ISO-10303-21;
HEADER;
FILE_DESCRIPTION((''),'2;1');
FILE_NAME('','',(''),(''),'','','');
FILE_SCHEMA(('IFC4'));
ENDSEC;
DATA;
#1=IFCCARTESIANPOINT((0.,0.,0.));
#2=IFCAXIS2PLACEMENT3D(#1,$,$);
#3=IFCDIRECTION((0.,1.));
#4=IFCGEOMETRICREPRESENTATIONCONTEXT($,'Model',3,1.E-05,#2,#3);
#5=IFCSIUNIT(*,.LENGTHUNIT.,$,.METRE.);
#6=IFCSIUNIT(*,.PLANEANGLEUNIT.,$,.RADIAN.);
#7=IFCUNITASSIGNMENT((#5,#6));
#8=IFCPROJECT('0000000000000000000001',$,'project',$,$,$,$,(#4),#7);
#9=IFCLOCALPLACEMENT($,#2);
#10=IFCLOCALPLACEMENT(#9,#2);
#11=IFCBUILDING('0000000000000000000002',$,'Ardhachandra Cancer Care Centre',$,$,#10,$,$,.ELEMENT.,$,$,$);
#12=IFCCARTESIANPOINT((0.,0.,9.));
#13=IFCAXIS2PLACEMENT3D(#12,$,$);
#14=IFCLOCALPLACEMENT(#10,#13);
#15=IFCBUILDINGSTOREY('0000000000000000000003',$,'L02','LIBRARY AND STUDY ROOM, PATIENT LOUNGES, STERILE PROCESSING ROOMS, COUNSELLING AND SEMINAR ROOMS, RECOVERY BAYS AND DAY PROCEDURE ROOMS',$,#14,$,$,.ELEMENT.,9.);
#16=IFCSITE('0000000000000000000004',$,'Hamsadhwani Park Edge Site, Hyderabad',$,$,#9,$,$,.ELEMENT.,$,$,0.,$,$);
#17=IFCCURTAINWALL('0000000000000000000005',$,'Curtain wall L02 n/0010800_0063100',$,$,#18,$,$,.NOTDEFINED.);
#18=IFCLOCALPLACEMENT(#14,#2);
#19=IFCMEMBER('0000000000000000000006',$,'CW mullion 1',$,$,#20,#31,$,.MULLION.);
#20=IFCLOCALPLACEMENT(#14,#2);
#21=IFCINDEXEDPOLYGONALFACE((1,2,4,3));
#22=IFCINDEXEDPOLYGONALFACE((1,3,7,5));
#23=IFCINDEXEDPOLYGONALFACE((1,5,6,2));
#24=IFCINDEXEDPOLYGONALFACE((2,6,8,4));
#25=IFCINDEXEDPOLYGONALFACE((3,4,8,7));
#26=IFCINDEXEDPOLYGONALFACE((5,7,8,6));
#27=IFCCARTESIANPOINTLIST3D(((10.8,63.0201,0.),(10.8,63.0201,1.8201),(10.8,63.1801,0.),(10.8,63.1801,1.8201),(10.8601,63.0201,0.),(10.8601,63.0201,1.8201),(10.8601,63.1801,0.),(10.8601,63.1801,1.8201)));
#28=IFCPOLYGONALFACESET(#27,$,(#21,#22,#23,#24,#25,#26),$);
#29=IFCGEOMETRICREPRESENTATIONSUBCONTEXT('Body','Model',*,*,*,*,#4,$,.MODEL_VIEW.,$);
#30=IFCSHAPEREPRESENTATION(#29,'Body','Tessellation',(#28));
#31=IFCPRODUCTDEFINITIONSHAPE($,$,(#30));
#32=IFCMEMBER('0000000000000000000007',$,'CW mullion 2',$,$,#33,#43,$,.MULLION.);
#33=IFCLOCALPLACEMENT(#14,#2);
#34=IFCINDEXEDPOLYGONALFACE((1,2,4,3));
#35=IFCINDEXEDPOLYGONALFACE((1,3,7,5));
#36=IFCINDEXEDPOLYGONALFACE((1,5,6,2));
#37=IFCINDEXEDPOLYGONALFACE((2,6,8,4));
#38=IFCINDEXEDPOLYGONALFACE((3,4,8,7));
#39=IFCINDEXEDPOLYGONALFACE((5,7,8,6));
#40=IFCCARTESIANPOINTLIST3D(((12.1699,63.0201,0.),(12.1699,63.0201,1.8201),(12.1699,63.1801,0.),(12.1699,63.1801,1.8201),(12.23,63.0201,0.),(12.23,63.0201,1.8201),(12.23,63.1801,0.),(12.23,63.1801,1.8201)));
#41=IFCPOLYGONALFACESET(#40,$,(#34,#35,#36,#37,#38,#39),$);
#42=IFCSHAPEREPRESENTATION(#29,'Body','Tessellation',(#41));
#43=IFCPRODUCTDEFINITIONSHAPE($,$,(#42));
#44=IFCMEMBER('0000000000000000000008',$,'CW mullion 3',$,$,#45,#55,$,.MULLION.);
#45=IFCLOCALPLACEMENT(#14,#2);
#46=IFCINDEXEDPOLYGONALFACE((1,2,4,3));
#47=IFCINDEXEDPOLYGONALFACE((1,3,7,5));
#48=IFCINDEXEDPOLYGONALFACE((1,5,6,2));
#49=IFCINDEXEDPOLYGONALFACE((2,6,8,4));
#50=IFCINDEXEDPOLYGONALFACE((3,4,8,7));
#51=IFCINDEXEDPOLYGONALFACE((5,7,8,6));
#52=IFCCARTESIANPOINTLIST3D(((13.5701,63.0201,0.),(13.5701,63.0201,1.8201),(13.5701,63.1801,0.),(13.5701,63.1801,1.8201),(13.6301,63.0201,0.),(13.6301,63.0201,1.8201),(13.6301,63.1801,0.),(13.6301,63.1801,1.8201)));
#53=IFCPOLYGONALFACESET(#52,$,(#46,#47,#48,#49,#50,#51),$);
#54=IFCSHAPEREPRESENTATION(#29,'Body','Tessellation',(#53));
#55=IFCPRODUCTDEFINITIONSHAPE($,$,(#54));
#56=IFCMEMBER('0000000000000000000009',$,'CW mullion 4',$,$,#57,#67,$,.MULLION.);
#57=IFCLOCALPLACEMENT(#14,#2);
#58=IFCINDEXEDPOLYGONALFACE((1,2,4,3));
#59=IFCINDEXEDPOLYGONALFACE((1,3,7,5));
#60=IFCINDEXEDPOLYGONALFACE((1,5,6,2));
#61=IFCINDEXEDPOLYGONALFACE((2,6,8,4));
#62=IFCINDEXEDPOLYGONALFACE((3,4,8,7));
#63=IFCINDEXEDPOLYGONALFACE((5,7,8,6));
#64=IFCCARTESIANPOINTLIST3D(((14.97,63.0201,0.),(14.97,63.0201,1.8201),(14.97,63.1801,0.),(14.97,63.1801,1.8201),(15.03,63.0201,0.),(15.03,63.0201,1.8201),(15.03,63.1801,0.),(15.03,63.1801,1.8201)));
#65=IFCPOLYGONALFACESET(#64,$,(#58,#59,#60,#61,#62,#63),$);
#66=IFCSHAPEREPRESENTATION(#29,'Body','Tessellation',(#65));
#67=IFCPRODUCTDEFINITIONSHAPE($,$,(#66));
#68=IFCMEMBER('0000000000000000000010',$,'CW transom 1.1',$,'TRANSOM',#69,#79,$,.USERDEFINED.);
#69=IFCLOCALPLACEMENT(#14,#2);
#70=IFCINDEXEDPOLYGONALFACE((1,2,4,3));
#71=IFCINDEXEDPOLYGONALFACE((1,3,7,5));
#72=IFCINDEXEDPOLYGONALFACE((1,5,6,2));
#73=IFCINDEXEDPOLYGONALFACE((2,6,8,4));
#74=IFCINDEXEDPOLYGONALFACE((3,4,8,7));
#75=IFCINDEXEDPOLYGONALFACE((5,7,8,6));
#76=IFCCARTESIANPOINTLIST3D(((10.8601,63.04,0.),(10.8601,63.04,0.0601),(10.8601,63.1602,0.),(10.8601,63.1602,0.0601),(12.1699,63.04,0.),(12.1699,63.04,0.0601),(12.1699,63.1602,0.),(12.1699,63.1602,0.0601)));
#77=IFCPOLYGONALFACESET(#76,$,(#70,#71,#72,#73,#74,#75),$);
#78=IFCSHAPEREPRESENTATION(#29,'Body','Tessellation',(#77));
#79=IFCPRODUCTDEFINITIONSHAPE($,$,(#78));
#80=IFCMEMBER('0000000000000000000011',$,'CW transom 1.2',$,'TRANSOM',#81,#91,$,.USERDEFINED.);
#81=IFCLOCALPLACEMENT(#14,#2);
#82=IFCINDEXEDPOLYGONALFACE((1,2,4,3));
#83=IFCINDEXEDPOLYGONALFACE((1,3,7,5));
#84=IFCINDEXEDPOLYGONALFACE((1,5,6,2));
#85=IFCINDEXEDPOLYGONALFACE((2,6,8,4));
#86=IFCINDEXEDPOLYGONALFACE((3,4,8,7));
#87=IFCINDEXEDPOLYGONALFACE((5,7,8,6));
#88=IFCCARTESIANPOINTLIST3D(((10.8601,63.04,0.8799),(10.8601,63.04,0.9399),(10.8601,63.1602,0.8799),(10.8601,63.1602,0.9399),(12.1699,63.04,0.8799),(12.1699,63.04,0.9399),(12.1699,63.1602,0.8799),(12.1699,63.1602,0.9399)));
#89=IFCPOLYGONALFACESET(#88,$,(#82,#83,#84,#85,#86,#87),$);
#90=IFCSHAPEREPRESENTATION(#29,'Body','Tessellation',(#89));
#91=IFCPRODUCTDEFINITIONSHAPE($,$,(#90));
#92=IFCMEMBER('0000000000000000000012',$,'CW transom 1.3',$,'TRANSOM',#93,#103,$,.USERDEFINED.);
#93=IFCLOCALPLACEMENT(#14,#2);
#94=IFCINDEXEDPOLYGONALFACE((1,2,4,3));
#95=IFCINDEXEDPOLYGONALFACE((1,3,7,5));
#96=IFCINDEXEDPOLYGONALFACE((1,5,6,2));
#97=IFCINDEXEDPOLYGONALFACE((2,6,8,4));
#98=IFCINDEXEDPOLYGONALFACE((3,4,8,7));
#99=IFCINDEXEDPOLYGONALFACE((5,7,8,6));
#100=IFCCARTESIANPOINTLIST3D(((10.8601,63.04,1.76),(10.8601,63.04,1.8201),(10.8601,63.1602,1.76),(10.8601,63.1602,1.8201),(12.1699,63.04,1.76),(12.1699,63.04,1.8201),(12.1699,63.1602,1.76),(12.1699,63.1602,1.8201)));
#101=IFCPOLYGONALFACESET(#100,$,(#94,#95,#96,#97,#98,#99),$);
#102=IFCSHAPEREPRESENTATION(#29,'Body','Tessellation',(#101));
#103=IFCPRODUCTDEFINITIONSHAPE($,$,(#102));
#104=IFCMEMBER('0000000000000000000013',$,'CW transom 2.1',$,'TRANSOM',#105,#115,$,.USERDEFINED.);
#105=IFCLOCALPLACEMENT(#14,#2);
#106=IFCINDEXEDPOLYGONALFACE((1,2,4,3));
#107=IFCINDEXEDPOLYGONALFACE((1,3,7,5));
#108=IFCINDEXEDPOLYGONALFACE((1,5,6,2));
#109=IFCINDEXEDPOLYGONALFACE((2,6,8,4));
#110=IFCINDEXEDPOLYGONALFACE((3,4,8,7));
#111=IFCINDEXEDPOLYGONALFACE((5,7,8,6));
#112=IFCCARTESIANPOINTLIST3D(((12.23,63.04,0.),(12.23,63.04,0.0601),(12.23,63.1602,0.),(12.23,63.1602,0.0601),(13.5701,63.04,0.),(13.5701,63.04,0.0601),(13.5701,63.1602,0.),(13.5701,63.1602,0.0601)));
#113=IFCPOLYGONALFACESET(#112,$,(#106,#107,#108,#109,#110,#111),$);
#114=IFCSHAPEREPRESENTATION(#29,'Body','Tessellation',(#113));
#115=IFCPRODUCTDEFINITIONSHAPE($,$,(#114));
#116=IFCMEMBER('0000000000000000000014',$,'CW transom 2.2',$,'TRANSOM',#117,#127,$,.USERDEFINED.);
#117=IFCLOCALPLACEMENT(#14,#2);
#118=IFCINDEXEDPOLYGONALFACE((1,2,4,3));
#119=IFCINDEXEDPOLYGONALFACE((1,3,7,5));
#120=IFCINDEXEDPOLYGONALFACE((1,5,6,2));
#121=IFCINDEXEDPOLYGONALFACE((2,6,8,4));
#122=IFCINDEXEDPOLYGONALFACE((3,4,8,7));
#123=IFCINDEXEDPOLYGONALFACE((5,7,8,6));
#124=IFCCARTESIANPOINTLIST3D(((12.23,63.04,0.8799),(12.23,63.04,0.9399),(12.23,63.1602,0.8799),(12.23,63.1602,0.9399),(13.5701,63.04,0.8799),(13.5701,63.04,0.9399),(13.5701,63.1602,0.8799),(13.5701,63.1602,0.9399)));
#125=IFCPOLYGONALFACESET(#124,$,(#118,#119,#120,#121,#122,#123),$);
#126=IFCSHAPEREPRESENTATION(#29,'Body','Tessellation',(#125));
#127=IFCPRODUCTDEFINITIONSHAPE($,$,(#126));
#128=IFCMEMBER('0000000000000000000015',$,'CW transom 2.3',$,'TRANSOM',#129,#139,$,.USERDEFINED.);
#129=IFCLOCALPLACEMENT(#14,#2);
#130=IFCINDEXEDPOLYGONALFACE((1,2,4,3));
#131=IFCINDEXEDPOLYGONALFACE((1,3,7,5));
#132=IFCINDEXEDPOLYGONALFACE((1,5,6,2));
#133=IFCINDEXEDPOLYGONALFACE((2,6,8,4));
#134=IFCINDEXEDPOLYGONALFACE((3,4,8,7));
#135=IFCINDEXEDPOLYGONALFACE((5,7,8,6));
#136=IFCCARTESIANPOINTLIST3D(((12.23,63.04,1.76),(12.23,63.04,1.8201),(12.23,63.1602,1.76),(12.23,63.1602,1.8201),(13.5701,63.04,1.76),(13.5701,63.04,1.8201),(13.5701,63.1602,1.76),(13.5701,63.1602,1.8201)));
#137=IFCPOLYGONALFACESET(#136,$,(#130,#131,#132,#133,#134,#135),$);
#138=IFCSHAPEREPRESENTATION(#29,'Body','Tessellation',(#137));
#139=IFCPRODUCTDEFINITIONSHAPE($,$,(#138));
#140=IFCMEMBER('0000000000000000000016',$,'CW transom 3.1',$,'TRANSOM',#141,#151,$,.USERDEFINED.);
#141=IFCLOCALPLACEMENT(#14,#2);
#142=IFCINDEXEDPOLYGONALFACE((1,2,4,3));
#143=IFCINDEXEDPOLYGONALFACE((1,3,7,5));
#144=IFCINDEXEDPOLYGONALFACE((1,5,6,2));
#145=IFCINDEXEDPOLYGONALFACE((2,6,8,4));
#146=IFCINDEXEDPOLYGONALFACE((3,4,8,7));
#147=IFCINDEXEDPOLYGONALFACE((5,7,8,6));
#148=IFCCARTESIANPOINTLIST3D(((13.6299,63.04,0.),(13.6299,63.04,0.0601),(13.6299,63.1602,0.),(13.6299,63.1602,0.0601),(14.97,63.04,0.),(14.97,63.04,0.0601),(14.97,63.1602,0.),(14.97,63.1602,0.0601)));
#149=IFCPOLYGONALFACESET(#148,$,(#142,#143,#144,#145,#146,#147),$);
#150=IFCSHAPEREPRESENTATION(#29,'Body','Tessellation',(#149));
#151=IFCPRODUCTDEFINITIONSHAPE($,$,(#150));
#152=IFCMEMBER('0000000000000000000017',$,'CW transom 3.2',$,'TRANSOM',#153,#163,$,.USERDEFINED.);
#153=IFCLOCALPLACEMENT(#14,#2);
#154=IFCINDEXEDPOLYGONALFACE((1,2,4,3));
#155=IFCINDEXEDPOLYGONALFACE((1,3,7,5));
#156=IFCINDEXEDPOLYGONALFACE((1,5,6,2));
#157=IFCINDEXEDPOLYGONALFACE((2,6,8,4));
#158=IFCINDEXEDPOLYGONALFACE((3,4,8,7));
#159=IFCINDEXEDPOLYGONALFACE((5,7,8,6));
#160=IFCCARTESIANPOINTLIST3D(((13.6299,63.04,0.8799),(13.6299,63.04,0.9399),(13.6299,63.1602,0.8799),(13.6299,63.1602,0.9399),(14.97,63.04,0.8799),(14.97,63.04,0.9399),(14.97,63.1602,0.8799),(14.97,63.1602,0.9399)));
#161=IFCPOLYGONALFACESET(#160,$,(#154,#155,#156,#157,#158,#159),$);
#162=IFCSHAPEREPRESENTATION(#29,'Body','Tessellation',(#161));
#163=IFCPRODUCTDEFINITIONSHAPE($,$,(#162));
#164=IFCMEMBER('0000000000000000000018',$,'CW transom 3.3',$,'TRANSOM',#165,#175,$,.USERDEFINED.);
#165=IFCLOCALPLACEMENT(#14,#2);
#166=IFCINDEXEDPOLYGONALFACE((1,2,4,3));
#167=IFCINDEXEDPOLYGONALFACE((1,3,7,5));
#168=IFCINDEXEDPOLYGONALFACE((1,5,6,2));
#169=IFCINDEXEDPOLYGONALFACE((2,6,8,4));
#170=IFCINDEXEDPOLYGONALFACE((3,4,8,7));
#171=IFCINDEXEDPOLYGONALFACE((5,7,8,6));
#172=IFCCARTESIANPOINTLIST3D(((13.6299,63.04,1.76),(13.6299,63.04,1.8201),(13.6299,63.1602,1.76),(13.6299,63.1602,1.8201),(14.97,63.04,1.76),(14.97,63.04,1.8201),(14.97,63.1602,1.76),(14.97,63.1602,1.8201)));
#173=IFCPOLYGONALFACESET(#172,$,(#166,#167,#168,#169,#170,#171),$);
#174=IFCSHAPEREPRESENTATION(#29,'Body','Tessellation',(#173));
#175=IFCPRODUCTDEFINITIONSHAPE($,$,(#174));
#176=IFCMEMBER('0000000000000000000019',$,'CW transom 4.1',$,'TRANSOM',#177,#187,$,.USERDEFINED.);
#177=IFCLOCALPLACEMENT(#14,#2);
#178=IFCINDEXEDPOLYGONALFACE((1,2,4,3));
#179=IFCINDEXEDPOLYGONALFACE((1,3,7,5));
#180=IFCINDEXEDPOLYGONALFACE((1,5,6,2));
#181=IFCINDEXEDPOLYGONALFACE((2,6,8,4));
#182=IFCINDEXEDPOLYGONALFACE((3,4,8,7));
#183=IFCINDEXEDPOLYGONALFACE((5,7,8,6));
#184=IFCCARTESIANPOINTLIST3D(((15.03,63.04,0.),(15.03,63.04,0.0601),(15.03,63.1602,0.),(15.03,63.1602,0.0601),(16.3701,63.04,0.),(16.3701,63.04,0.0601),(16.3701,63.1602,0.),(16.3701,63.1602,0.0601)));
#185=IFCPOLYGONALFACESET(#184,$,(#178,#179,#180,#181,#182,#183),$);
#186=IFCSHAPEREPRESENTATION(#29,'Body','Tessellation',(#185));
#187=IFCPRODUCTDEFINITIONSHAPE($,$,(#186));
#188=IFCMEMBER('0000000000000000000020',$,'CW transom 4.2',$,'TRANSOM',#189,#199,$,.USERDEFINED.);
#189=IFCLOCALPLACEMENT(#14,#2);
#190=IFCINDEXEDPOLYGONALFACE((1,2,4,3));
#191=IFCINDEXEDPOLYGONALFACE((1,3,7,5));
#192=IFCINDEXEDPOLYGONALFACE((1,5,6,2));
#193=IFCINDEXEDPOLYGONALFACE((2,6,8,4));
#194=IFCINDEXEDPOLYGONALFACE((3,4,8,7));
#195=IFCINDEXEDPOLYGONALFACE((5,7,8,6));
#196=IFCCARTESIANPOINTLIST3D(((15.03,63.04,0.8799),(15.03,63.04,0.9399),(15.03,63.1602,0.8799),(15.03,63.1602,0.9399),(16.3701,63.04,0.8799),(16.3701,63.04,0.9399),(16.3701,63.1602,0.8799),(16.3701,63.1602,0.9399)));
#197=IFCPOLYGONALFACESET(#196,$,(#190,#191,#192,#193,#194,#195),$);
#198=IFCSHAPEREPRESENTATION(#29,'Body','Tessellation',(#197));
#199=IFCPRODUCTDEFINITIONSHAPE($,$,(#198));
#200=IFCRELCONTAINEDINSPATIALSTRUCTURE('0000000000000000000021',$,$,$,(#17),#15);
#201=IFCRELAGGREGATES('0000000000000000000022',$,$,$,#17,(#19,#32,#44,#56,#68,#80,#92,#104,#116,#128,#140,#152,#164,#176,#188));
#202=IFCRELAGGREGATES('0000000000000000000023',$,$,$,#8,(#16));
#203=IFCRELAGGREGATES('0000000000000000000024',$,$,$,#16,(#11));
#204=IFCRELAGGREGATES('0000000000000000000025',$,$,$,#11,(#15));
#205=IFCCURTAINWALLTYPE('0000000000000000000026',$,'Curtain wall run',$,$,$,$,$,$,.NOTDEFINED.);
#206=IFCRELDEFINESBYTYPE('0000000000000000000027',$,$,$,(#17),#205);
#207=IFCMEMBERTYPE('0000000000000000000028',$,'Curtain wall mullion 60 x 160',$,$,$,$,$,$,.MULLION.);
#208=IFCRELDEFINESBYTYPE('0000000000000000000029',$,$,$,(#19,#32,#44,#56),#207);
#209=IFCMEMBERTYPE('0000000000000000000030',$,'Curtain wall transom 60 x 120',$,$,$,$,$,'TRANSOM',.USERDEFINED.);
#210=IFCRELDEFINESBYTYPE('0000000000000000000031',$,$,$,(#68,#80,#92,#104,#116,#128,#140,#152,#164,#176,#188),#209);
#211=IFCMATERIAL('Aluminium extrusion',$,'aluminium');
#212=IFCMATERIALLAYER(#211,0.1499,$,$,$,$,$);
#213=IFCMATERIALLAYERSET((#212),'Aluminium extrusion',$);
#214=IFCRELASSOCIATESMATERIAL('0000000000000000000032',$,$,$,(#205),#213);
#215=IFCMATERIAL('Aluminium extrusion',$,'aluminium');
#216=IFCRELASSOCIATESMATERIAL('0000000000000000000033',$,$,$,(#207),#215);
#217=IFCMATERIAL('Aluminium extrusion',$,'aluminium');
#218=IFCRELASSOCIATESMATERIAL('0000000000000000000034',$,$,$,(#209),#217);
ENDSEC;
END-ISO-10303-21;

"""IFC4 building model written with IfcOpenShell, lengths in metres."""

from ifc_helpers import new_model, si_unit, direction, frame, origin, origin_2d, place, context, subcontext, project, spatial, rectangle, extrude, material, layer, layer_set, material_profile, profile_set, type_object, element, aggregate, save


model = new_model("IFC4")

# Units and contexts
model_context = context("Model", 3, precision=1e-05, world=origin(), true_north=direction((0.0, 1.0)))
body_context = subcontext(model_context, "Body", "Model", "MODEL_VIEW")
ifc_project = project(units=[si_unit("LENGTHUNIT", "METRE"), si_unit("PLANEANGLEUNIT", "RADIAN")], contexts=[model_context])

# Site, building, storey
site_placement = place(None, origin())
site = spatial("IfcSite", under=ifc_project, at=site_placement, Name="Hamsadhwani Park Edge Site, Hyderabad", CompositionType="ELEMENT", RefElevation=0.0)
building_placement = place(site_placement, origin())
building = spatial("IfcBuilding", under=site, at=building_placement, Name="Ardhachandra Cancer Care Centre", CompositionType="ELEMENT")
storey_placement = place(building_placement, frame((0.0, 0.0, 9.0)))
storey = spatial("IfcBuildingStorey", under=building, at=storey_placement, Name="L02", Description="LIBRARY AND STUDY ROOM, PATIENT LOUNGES, STERILE PROCESSING ROOMS, COUNSELLING AND SEMINAR ROOMS, RECOVERY BAYS AND DAY PROCEDURE ROOMS", CompositionType="ELEMENT", Elevation=9.0)

# Curtain wall, members
ifc_material_1 = material(Name="Aluminium extrusion", Category="aluminium")
ifc_layer_1 = layer(ifc_material_1, 0.1499)
ifc_layer_set_1 = layer_set([ifc_layer_1], Name="Aluminium extrusion")
curtain_wall_type = type_object("IfcCurtainWallType", Name="Curtain wall run", PredefinedType="NOTDEFINED", material=ifc_layer_set_1)
curtain_wall_placement = place(storey_placement, origin())
curtain_wall = element("IfcCurtainWall", 1, at=curtain_wall_placement, inside=storey, type_object=curtain_wall_type, Name="Curtain wall L02 n/0010800_0063100", PredefinedType="NOTDEFINED")
ifc_material_2 = material(Name="Aluminium extrusion", Category="aluminium")
ifc_material_profile_1 = material_profile(ifc_material_2, rectangle(XDim=0.1599, YDim=0.0601, at=origin_2d()), Name="Curtain wall mullion 60 x 160")
ifc_profile_set_1 = profile_set([ifc_material_profile_1], Name="Aluminium extrusion")
member_type_1 = type_object("IfcMemberType", Name="Curtain wall mullion 60 x 160", PredefinedType="MULLION", material=ifc_profile_set_1)
member_1_placement = place(storey_placement, frame((10.8301, 63.1001, 0.0), z_axis=(0.0, 0.0, 1.0), x_axis=(0.0, 1.0, 0.0)))
member_1 = element("IfcMember", 2, at=member_1_placement, type_object=member_type_1, Name="CW mullion 1", PredefinedType="MULLION", context=body_context, shape_type="SweptSolid", body=[
    extrude(rectangle(XDim=0.1599, YDim=0.0601, at=origin_2d()), origin(), (0.0, 0.0, 1.0), 1.8201),
])
member_2_placement = place(storey_placement, frame((12.2, 63.1001, 0.0), z_axis=(0.0, 0.0, 1.0), x_axis=(0.0, 1.0, 0.0)))
member_2 = element("IfcMember", 3, at=member_2_placement, type_object=member_type_1, Name="CW mullion 2", PredefinedType="MULLION", context=body_context, shape_type="SweptSolid", body=[
    extrude(rectangle(XDim=0.1599, YDim=0.0601, at=origin_2d()), origin(), (0.0, 0.0, 1.0), 1.8201),
])
member_3_placement = place(storey_placement, frame((13.6001, 63.1001, 0.0), z_axis=(0.0, 0.0, 1.0), x_axis=(0.0, 1.0, 0.0)))
member_3 = element("IfcMember", 4, at=member_3_placement, type_object=member_type_1, Name="CW mullion 3", PredefinedType="MULLION", context=body_context, shape_type="SweptSolid", body=[
    extrude(rectangle(XDim=0.1599, YDim=0.0601, at=origin_2d()), origin(), (0.0, 0.0, 1.0), 1.8201),
])
member_4_placement = place(storey_placement, frame((15.0, 63.1001, 0.0), z_axis=(0.0, 0.0, 1.0), x_axis=(0.0, 1.0, 0.0)))
member_4 = element("IfcMember", 5, at=member_4_placement, type_object=member_type_1, Name="CW mullion 4", PredefinedType="MULLION", context=body_context, shape_type="SweptSolid", body=[
    extrude(rectangle(XDim=0.1599, YDim=0.0601, at=origin_2d()), origin(), (0.0, 0.0, 1.0), 1.8201),
])
ifc_material_3 = material(Name="Aluminium extrusion", Category="aluminium")
ifc_material_profile_2 = material_profile(ifc_material_3, rectangle(XDim=0.1201, YDim=0.0601, at=origin_2d()), Name="Curtain wall transom 60 x 120")
ifc_profile_set_2 = profile_set([ifc_material_profile_2], Name="Aluminium extrusion")
member_type_2 = type_object("IfcMemberType", Name="Curtain wall transom 60 x 120", ElementType="TRANSOM", PredefinedType="USERDEFINED", material=ifc_profile_set_2)
member_5_placement = place(storey_placement, frame((10.8601, 63.1001, 0.03), z_axis=(1.0, 0.0, 0.0), x_axis=(0.0, 1.0, 0.0)))
member_5 = element("IfcMember", 6, at=member_5_placement, type_object=member_type_2, Name="CW transom 1.1", ObjectType="TRANSOM", PredefinedType="USERDEFINED", context=body_context, shape_type="SweptSolid", body=[
    extrude(rectangle(XDim=0.1201, YDim=0.0601, at=origin_2d()), origin(), (0.0, 0.0, 1.0), 1.3098),
])
member_6_placement = place(storey_placement, frame((10.8601, 63.1001, 0.9099), z_axis=(1.0, 0.0, 0.0), x_axis=(0.0, 1.0, 0.0)))
member_6 = element("IfcMember", 7, at=member_6_placement, type_object=member_type_2, Name="CW transom 1.2", ObjectType="TRANSOM", PredefinedType="USERDEFINED", context=body_context, shape_type="SweptSolid", body=[
    extrude(rectangle(XDim=0.1201, YDim=0.0601, at=origin_2d()), origin(), (0.0, 0.0, 1.0), 1.3098),
])
member_7_placement = place(storey_placement, frame((10.8601, 63.1001, 1.79), z_axis=(1.0, 0.0, 0.0), x_axis=(0.0, 1.0, 0.0)))
member_7 = element("IfcMember", 8, at=member_7_placement, type_object=member_type_2, Name="CW transom 1.3", ObjectType="TRANSOM", PredefinedType="USERDEFINED", context=body_context, shape_type="SweptSolid", body=[
    extrude(rectangle(XDim=0.1201, YDim=0.0601, at=origin_2d()), origin(), (0.0, 0.0, 1.0), 1.3098),
])
member_8_placement = place(storey_placement, frame((12.23, 63.1001, 0.03), z_axis=(1.0, 0.0, 0.0), x_axis=(0.0, 1.0, 0.0)))
member_8 = element("IfcMember", 9, at=member_8_placement, type_object=member_type_2, Name="CW transom 2.1", ObjectType="TRANSOM", PredefinedType="USERDEFINED", context=body_context, shape_type="SweptSolid", body=[
    extrude(rectangle(XDim=0.1201, YDim=0.0601, at=origin_2d()), origin(), (0.0, 0.0, 1.0), 1.3401),
])
member_9_placement = place(storey_placement, frame((12.23, 63.1001, 0.9099), z_axis=(1.0, 0.0, 0.0), x_axis=(0.0, 1.0, 0.0)))
member_9 = element("IfcMember", 10, at=member_9_placement, type_object=member_type_2, Name="CW transom 2.2", ObjectType="TRANSOM", PredefinedType="USERDEFINED", context=body_context, shape_type="SweptSolid", body=[
    extrude(rectangle(XDim=0.1201, YDim=0.0601, at=origin_2d()), origin(), (0.0, 0.0, 1.0), 1.3401),
])
member_10_placement = place(storey_placement, frame((12.23, 63.1001, 1.79), z_axis=(1.0, 0.0, 0.0), x_axis=(0.0, 1.0, 0.0)))
member_10 = element("IfcMember", 11, at=member_10_placement, type_object=member_type_2, Name="CW transom 2.3", ObjectType="TRANSOM", PredefinedType="USERDEFINED", context=body_context, shape_type="SweptSolid", body=[
    extrude(rectangle(XDim=0.1201, YDim=0.0601, at=origin_2d()), origin(), (0.0, 0.0, 1.0), 1.3401),
])
member_11_placement = place(storey_placement, frame((13.6299, 63.1001, 0.03), z_axis=(1.0, 0.0, 0.0), x_axis=(0.0, 1.0, 0.0)))
member_11 = element("IfcMember", 12, at=member_11_placement, type_object=member_type_2, Name="CW transom 3.1", ObjectType="TRANSOM", PredefinedType="USERDEFINED", context=body_context, shape_type="SweptSolid", body=[
    extrude(rectangle(XDim=0.1201, YDim=0.0601, at=origin_2d()), origin(), (0.0, 0.0, 1.0), 1.3401),
])
member_12_placement = place(storey_placement, frame((13.6299, 63.1001, 0.9099), z_axis=(1.0, 0.0, 0.0), x_axis=(0.0, 1.0, 0.0)))
member_12 = element("IfcMember", 13, at=member_12_placement, type_object=member_type_2, Name="CW transom 3.2", ObjectType="TRANSOM", PredefinedType="USERDEFINED", context=body_context, shape_type="SweptSolid", body=[
    extrude(rectangle(XDim=0.1201, YDim=0.0601, at=origin_2d()), origin(), (0.0, 0.0, 1.0), 1.3401),
])
member_13_placement = place(storey_placement, frame((13.6299, 63.1001, 1.79), z_axis=(1.0, 0.0, 0.0), x_axis=(0.0, 1.0, 0.0)))
member_13 = element("IfcMember", 14, at=member_13_placement, type_object=member_type_2, Name="CW transom 3.3", ObjectType="TRANSOM", PredefinedType="USERDEFINED", context=body_context, shape_type="SweptSolid", body=[
    extrude(rectangle(XDim=0.1201, YDim=0.0601, at=origin_2d()), origin(), (0.0, 0.0, 1.0), 1.3401),
])
member_14_placement = place(storey_placement, frame((15.03, 63.1001, 0.03), z_axis=(1.0, 0.0, 0.0), x_axis=(0.0, 1.0, 0.0)))
member_14 = element("IfcMember", 15, at=member_14_placement, type_object=member_type_2, Name="CW transom 4.1", ObjectType="TRANSOM", PredefinedType="USERDEFINED", context=body_context, shape_type="SweptSolid", body=[
    extrude(rectangle(XDim=0.1201, YDim=0.0601, at=origin_2d()), origin(), (0.0, 0.0, 1.0), 1.3401),
])
member_15_placement = place(storey_placement, frame((15.03, 63.1001, 0.9099), z_axis=(1.0, 0.0, 0.0), x_axis=(0.0, 1.0, 0.0)))
member_15 = element("IfcMember", 16, at=member_15_placement, type_object=member_type_2, Name="CW transom 4.2", ObjectType="TRANSOM", PredefinedType="USERDEFINED", context=body_context, shape_type="SweptSolid", body=[
    extrude(rectangle(XDim=0.1201, YDim=0.0601, at=origin_2d()), origin(), (0.0, 0.0, 1.0), 1.3401),
])

aggregate(curtain_wall, [member_1, member_2, member_3, member_4, member_5, member_6, member_7, member_8, member_9, member_10, member_11, member_12, member_13, member_14, member_15])

save(model, "model.ifc")
